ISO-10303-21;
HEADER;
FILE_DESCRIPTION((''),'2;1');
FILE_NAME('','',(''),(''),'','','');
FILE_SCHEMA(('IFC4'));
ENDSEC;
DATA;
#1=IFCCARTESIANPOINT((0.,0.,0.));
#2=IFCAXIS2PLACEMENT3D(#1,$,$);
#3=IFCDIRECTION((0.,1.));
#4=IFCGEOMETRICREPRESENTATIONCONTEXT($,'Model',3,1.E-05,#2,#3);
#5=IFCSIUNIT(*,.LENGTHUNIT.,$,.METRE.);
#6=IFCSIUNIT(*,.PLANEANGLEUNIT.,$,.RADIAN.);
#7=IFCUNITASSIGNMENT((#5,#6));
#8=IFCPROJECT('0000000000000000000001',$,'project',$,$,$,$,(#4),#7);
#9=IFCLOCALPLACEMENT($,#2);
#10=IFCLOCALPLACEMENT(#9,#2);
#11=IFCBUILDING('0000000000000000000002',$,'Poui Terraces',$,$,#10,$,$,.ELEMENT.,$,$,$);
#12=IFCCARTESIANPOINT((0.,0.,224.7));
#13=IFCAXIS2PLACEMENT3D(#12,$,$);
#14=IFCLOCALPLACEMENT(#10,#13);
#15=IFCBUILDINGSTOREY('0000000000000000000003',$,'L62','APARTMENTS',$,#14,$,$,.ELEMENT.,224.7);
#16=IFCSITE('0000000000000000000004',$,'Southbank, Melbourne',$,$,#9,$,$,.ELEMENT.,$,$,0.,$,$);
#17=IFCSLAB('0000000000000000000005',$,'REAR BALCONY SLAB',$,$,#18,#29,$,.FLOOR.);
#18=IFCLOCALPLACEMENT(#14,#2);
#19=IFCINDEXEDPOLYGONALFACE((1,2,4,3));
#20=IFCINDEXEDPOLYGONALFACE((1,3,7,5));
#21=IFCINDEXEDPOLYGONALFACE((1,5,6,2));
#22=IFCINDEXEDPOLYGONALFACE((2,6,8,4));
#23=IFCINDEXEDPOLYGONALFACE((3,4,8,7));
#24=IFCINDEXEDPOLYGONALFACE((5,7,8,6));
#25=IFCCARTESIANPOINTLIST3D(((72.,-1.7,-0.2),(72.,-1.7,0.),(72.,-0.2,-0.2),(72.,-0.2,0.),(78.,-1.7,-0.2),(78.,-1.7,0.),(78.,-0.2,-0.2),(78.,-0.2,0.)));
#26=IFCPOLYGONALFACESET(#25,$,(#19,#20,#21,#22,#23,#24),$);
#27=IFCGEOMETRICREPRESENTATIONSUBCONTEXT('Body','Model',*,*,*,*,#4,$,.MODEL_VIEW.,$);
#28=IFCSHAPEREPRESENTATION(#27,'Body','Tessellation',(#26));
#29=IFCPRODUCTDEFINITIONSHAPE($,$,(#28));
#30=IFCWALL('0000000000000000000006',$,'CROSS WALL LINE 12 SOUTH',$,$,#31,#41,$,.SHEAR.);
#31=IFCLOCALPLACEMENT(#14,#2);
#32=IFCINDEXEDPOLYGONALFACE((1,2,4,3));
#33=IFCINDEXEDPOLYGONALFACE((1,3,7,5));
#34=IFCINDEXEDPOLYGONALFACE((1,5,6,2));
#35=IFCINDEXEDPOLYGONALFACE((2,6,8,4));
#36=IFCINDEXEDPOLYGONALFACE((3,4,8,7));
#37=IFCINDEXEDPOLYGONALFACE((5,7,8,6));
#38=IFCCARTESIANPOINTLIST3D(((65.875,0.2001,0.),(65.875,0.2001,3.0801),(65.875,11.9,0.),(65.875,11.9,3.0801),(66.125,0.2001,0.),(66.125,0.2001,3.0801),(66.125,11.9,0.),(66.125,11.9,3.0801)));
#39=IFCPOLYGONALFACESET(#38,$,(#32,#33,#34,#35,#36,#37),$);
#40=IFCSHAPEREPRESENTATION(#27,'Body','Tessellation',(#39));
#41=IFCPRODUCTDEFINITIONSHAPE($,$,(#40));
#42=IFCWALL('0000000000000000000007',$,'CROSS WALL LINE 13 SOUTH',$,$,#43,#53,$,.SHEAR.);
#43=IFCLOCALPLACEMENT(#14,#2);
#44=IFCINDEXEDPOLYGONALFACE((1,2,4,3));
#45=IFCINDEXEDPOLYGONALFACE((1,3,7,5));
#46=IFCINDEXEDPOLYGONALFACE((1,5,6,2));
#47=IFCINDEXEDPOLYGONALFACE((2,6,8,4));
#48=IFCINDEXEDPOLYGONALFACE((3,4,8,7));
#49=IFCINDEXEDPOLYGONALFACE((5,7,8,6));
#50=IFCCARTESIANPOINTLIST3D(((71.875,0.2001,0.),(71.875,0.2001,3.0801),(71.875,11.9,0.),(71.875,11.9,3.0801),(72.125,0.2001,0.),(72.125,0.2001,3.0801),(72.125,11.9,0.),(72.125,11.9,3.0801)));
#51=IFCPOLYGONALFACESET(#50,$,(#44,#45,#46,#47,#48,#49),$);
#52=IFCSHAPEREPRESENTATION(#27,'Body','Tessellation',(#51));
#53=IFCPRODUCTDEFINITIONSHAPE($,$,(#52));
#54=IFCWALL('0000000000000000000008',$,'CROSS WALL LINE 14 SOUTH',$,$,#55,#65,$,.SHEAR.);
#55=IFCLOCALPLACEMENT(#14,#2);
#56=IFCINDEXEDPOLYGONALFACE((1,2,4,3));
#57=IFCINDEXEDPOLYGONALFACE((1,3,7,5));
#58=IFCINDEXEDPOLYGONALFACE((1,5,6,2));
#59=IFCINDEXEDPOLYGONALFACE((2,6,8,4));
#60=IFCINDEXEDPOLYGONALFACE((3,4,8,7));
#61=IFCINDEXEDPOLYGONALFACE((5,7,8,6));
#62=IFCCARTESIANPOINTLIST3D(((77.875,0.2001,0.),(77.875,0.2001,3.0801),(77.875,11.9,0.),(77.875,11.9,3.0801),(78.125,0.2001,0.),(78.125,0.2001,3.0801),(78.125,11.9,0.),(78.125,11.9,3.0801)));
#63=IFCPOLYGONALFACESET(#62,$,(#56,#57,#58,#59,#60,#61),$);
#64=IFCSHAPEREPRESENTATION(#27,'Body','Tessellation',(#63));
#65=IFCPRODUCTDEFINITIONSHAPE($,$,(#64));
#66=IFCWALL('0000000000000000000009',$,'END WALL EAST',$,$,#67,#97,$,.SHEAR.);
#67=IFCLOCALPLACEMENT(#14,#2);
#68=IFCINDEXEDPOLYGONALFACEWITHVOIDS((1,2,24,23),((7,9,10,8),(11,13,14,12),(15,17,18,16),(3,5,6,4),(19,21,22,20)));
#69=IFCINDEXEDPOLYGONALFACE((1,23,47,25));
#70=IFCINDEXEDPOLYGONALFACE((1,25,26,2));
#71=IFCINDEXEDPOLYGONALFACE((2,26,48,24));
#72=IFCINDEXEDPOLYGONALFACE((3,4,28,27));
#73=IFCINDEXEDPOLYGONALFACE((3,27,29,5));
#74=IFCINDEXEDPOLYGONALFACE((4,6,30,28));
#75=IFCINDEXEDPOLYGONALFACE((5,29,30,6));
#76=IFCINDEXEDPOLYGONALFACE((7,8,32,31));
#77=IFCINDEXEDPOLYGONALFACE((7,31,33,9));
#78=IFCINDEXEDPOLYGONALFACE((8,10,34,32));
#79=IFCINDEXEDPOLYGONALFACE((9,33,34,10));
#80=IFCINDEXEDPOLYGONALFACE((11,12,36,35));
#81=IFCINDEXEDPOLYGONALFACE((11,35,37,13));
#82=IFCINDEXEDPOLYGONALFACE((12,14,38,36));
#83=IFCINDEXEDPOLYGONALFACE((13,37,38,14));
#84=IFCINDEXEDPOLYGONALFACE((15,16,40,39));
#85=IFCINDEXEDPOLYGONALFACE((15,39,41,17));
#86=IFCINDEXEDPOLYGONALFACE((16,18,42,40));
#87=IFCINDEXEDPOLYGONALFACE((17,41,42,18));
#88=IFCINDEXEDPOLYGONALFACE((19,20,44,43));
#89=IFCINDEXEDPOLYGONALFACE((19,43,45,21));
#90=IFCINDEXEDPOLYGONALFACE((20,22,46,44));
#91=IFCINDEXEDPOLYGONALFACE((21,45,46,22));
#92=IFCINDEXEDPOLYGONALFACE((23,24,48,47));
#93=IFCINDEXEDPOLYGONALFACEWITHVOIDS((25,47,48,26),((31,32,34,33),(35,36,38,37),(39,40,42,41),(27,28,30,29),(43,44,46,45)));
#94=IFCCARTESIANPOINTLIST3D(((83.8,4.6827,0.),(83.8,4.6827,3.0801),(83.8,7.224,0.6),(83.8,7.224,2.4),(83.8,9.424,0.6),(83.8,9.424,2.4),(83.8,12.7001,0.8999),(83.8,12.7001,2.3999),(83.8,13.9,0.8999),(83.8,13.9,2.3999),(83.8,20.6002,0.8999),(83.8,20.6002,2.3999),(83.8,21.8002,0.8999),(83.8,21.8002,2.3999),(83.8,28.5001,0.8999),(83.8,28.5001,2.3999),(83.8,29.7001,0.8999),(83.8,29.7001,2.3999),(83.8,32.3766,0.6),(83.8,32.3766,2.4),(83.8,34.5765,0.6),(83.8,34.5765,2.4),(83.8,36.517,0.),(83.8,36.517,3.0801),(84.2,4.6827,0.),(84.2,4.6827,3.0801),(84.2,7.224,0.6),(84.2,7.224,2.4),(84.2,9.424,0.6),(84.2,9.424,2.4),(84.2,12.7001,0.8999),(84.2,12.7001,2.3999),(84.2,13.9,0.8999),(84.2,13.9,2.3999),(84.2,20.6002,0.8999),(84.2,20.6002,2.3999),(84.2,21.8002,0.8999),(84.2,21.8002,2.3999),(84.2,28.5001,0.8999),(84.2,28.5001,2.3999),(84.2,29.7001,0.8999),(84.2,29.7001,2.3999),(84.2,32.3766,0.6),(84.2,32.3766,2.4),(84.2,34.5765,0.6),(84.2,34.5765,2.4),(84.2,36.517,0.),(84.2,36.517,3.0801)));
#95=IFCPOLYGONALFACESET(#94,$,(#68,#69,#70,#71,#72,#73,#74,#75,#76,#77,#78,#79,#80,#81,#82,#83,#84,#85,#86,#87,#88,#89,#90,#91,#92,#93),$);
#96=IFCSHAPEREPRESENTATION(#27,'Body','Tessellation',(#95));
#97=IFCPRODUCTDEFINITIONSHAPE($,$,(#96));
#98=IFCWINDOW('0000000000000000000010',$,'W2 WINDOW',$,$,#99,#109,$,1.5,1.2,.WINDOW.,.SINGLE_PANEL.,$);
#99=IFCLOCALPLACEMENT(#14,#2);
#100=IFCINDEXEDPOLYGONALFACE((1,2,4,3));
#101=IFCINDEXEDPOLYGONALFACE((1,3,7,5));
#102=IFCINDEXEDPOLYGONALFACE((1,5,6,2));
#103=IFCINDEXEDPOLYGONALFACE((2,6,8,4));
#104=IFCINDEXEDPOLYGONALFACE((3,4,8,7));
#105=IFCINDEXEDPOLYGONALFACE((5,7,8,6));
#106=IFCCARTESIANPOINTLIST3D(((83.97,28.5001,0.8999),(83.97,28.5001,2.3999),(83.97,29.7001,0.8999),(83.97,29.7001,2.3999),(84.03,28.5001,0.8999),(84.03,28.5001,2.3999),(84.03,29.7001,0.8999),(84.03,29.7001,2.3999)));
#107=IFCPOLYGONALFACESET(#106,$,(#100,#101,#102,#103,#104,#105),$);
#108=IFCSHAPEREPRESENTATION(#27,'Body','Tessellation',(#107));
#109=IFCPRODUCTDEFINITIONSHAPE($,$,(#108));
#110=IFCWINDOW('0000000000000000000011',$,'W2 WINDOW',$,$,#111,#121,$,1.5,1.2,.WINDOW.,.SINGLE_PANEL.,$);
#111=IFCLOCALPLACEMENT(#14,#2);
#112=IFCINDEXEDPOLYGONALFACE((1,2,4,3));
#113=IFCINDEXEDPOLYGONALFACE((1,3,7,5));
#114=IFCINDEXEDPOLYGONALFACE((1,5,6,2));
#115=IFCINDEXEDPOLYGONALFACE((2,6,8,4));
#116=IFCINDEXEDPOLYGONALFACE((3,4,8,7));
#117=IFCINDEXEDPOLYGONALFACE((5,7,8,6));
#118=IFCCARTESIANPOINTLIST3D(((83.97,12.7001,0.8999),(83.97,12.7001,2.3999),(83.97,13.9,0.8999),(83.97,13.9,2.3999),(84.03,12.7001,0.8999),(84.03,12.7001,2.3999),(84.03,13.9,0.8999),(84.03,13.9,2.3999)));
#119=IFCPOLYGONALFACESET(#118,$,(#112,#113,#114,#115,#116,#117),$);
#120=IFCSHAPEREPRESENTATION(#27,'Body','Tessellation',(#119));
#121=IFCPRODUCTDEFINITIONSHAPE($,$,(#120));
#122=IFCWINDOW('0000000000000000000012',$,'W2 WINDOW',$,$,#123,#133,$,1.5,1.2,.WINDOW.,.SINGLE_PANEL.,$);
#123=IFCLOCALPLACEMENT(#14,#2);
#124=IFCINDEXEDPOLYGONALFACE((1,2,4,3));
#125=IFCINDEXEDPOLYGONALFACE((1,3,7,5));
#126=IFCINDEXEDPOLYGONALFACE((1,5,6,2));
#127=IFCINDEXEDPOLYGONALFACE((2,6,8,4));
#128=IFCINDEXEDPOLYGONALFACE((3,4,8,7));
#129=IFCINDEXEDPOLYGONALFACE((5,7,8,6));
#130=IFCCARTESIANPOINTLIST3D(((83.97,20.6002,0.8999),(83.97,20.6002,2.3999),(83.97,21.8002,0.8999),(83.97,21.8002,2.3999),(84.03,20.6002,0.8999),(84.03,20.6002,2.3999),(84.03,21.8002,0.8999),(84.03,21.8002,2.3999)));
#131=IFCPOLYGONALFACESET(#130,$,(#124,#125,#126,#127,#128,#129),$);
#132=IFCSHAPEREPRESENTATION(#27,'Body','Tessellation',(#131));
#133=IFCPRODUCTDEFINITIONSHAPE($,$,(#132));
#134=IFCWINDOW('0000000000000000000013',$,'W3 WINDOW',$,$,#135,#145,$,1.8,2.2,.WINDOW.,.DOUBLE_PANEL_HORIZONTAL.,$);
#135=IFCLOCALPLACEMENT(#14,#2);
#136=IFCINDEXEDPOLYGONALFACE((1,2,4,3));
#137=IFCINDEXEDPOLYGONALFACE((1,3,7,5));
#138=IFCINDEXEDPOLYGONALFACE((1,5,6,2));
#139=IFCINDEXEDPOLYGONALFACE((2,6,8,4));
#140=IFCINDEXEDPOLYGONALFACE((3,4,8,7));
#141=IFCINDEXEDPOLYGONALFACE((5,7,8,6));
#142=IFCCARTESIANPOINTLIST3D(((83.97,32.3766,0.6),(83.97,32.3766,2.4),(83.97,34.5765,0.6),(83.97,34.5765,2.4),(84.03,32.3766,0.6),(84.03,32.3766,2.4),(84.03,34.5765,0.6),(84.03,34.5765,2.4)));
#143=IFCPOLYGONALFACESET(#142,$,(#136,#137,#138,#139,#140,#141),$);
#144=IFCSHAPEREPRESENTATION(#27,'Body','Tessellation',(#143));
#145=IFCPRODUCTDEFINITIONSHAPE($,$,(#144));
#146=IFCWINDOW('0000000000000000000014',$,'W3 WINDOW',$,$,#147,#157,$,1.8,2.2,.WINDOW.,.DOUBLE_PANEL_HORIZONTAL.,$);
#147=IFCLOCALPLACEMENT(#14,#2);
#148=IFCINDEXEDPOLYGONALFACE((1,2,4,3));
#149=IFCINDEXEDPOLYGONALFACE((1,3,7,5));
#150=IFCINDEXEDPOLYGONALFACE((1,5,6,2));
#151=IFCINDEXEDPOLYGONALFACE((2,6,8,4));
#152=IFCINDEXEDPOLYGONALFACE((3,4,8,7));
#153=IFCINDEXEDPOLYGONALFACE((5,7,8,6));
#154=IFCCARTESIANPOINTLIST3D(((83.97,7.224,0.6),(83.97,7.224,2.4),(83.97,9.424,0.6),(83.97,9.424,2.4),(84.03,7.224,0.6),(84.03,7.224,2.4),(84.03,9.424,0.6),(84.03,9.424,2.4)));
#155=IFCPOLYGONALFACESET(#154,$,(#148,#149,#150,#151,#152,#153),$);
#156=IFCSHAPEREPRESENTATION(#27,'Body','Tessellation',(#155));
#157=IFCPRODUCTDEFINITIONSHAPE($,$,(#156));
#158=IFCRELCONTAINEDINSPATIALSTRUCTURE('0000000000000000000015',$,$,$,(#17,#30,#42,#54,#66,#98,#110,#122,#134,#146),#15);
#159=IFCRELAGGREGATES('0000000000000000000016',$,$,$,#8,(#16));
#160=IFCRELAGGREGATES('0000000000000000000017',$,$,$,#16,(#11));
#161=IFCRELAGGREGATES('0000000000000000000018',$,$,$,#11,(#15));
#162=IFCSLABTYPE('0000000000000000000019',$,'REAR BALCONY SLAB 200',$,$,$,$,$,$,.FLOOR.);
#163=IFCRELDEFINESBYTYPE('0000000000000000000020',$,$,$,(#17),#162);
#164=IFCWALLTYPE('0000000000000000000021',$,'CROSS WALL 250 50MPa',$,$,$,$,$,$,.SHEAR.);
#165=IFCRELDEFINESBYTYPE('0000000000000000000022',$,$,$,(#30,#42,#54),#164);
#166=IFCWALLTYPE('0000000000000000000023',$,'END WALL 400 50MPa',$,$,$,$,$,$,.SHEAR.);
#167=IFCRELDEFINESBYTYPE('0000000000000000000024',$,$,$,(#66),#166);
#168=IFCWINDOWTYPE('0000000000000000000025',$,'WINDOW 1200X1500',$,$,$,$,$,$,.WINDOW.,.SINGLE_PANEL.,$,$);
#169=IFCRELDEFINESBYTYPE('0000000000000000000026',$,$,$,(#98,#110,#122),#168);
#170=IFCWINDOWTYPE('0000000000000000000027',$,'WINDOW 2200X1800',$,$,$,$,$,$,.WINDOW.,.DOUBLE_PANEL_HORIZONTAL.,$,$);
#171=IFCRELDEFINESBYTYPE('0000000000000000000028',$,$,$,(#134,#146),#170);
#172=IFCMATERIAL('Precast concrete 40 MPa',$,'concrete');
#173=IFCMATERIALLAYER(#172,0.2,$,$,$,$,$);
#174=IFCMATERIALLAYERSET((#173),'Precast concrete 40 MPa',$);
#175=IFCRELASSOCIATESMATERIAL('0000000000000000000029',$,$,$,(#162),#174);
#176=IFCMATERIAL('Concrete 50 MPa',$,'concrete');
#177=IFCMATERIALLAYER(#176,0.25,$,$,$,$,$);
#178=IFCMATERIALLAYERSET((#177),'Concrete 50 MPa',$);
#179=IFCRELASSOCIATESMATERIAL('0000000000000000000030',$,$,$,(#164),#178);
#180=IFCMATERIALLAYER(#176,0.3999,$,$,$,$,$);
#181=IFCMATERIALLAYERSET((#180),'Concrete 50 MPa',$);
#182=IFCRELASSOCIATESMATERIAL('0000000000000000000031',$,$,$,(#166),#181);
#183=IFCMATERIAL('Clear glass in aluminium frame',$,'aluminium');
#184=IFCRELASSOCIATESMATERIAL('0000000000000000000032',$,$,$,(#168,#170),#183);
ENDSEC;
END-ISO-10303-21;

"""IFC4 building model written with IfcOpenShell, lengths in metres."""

from ifc_helpers import new_model, si_unit, direction, frame, frame_2d, origin, place, context, subcontext, project, spatial, polyline, rectangle, outline, extrude, source, transform, mapped, material, layer, layer_set, type_object, element, fill, save


model = new_model("IFC4")

# Units and contexts
model_context = context("Model", 3, precision=1e-05, world=origin(), true_north=direction((0.0, 1.0)))
body_context = subcontext(model_context, "Body", "Model", "MODEL_VIEW")
ifc_project = project(units=[si_unit("LENGTHUNIT", "METRE"), si_unit("PLANEANGLEUNIT", "RADIAN")], contexts=[model_context])

# Site, building, storey
site_placement = place(None, origin())
site = spatial("IfcSite", under=ifc_project, at=site_placement, Name="Southbank, Melbourne", CompositionType="ELEMENT", RefElevation=0.0)
building_placement = place(site_placement, origin())
building = spatial("IfcBuilding", under=site, at=building_placement, Name="Poui Terraces", CompositionType="ELEMENT")
storey_placement = place(building_placement, frame((0.0, 0.0, 224.7)))
storey = spatial("IfcBuildingStorey", under=building, at=storey_placement, Name="L62", Description="APARTMENTS", CompositionType="ELEMENT", Elevation=224.7)

# Slab
ifc_material_1 = material(Name="Precast concrete 40 MPa", Category="concrete")
ifc_layer_1 = layer(ifc_material_1, 0.2)
ifc_layer_set_1 = layer_set([ifc_layer_1], Name="Precast concrete 40 MPa")
slab_type = type_object("IfcSlabType", Name="REAR BALCONY SLAB 200", PredefinedType="FLOOR", material=ifc_layer_set_1)
shared_shape_1 = source(origin(), body_context, "Body", "SweptSolid", [
    extrude(outline(polyline([(0.0, 0.0), (6.0, 0.0), (6.0, 1.5), (0.0, 1.5), (0.0, 0.0)])), origin(), (0.0, 0.0, 1.0), 0.2),
])
slab_placement = place(storey_placement, frame((72.0, -1.7, -0.2)))
element("IfcSlab", 1, at=slab_placement, inside=storey, type_object=slab_type, Name="REAR BALCONY SLAB", PredefinedType="FLOOR", context=body_context, shape_type="MappedRepresentation", body=[
    mapped(shared_shape_1, transform((0.0, 0.0, 0.0))),
])

# Walls
ifc_material_2 = material(Name="Concrete 50 MPa", Category="concrete")
ifc_layer_2 = layer(ifc_material_2, 0.25)
ifc_layer_set_2 = layer_set([ifc_layer_2], Name="Concrete 50 MPa")
wall_type_1 = type_object("IfcWallType", Name="CROSS WALL 250 50MPa", PredefinedType="SHEAR", material=ifc_layer_set_2)
for number, where, z_axis, x_axis, name in (
    (2, (66.0, 0.2, 0.0), (0.0, 0.0, 1.0), (0.0, 1.0, 0.0), "CROSS WALL LINE 12 SOUTH"),
    (3, (72.0, 0.2, 0.0), (0.0, 0.0, 1.0), (0.0, 1.0, 0.0), "CROSS WALL LINE 13 SOUTH"),
    (4, (78.0, 0.2, 0.0), (0.0, 0.0, 1.0), (0.0, 1.0, 0.0), "CROSS WALL LINE 14 SOUTH"),
):
    element("IfcWall", number, at=place(storey_placement, frame(where, z_axis=z_axis, x_axis=x_axis)), inside=storey, type_object=wall_type_1, Name=name, PredefinedType="SHEAR", context=body_context, shape_type="SweptSolid", body=[
        extrude(rectangle(XDim=11.7, YDim=0.25, at=frame_2d((5.8501, 0.0))), origin(), (0.0, 0.0, 1.0), 3.0801),
    ])

# Wall, openings, windows
ifc_layer_3 = layer(ifc_material_2, 0.3999)
ifc_layer_set_3 = layer_set([ifc_layer_3], Name="Concrete 50 MPa")
wall_type_2 = type_object("IfcWallType", Name="END WALL 400 50MPa", PredefinedType="SHEAR", material=ifc_layer_set_3)
wall_1_placement = place(storey_placement, frame((84.0, 4.6829, 0.0), z_axis=(0.0, 0.0, 1.0), x_axis=(0.0, 1.0, 0.0)))
wall_1 = element("IfcWall", 5, at=wall_1_placement, inside=storey, type_object=wall_type_2, Name="END WALL EAST", PredefinedType="SHEAR", context=body_context, shape_type="SweptSolid", body=[
    extrude(rectangle(XDim=31.8342, YDim=0.3999, at=frame_2d((15.917, 0.0))), origin(), (0.0, 0.0, 1.0), 3.0801),
])
opening_1_placement = place(wall_1_placement, frame((23.8171, 0.0, 0.8999)))
opening_1 = element("IfcOpeningElement", 6, at=opening_1_placement, cuts=wall_1, PredefinedType="OPENING", context=body_context, shape_type="SweptSolid", body=[
    extrude(rectangle(XDim=1.2, YDim=1.5, at=frame_2d((0.6001, 0.75))), frame((0.0, 0.21, 0.0), z_axis=(0.0, -1.0, 0.0), x_axis=(1.0, 0.0, 0.0)), (0.0, 0.0, 1.0), 0.4199),
])
opening_2_placement = place(wall_1_placement, frame((8.0171, 0.0, 0.8999)))
opening_2 = element("IfcOpeningElement", 7, at=opening_2_placement, cuts=wall_1, PredefinedType="OPENING", context=body_context, shape_type="SweptSolid", body=[
    extrude(rectangle(XDim=1.2, YDim=1.5, at=frame_2d((0.6001, 0.75))), frame((0.0, 0.21, 0.0), z_axis=(0.0, -1.0, 0.0), x_axis=(1.0, 0.0, 0.0)), (0.0, 0.0, 1.0), 0.4199),
])
opening_3_placement = place(wall_1_placement, frame((27.6936, 0.0, 0.6001)))
opening_3 = element("IfcOpeningElement", 8, at=opening_3_placement, cuts=wall_1, PredefinedType="OPENING", context=body_context, shape_type="SweptSolid", body=[
    extrude(rectangle(XDim=2.2, YDim=1.8, at=frame_2d((1.1001, 0.8999))), frame((0.0, 0.21, 0.0), z_axis=(0.0, -1.0, 0.0), x_axis=(1.0, 0.0, 0.0)), (0.0, 0.0, 1.0), 0.4199),
])
opening_4_placement = place(wall_1_placement, frame((2.541, 0.0, 0.6001)))
opening_4 = element("IfcOpeningElement", 9, at=opening_4_placement, cuts=wall_1, PredefinedType="OPENING", context=body_context, shape_type="SweptSolid", body=[
    extrude(rectangle(XDim=2.2, YDim=1.8, at=frame_2d((1.1001, 0.8999))), frame((0.0, 0.21, 0.0), z_axis=(0.0, -1.0, 0.0), x_axis=(1.0, 0.0, 0.0)), (0.0, 0.0, 1.0), 0.4199),
])
opening_5_placement = place(wall_1_placement, frame((15.9172, 0.0, 0.8999)))
opening_5 = element("IfcOpeningElement", 10, at=opening_5_placement, cuts=wall_1, PredefinedType="OPENING", context=body_context, shape_type="SweptSolid", body=[
    extrude(rectangle(XDim=1.2, YDim=1.5, at=frame_2d((0.6001, 0.75))), frame((0.0, 0.21, 0.0), z_axis=(0.0, -1.0, 0.0), x_axis=(1.0, 0.0, 0.0)), (0.0, 0.0, 1.0), 0.4199),
])
ifc_material_3 = material(Name="Clear glass in aluminium frame", Category="aluminium")
window_type_1 = type_object("IfcWindowType", Name="WINDOW 1200X1500", PartitioningType="SINGLE_PANEL", PredefinedType="WINDOW", material=ifc_material_3)
window_1_placement = place(opening_1_placement, origin())
window_1 = element("IfcWindow", 11, at=window_1_placement, inside=storey, type_object=window_type_1, Name="W2 WINDOW", OverallHeight=1.5, OverallWidth=1.2, PartitioningType="SINGLE_PANEL", PredefinedType="WINDOW", context=body_context, shape_type="SweptSolid", body=[
    extrude(rectangle(XDim=1.2, YDim=1.5, at=frame_2d((0.6001, 0.75))), frame((0.0, 0.03, 0.0), z_axis=(0.0, -1.0, 0.0), x_axis=(1.0, 0.0, 0.0)), (0.0, 0.0, 1.0), 0.0601),
])
fill(opening_1, window_1)
window_2_placement = place(opening_2_placement, origin())
window_2 = element("IfcWindow", 12, at=window_2_placement, inside=storey, type_object=window_type_1, Name="W2 WINDOW", OverallHeight=1.5, OverallWidth=1.2, PartitioningType="SINGLE_PANEL", PredefinedType="WINDOW", context=body_context, shape_type="SweptSolid", body=[
    extrude(rectangle(XDim=1.2, YDim=1.5, at=frame_2d((0.6001, 0.75))), frame((0.0, 0.03, 0.0), z_axis=(0.0, -1.0, 0.0), x_axis=(1.0, 0.0, 0.0)), (0.0, 0.0, 1.0), 0.0601),
])
fill(opening_2, window_2)
window_3_placement = place(opening_5_placement, origin())
window_3 = element("IfcWindow", 13, at=window_3_placement, inside=storey, type_object=window_type_1, Name="W2 WINDOW", OverallHeight=1.5, OverallWidth=1.2, PartitioningType="SINGLE_PANEL", PredefinedType="WINDOW", context=body_context, shape_type="SweptSolid", body=[
    extrude(rectangle(XDim=1.2, YDim=1.5, at=frame_2d((0.6001, 0.75))), frame((0.0, 0.03, 0.0), z_axis=(0.0, -1.0, 0.0), x_axis=(1.0, 0.0, 0.0)), (0.0, 0.0, 1.0), 0.0601),
])
fill(opening_5, window_3)
window_type_2 = type_object("IfcWindowType", Name="WINDOW 2200X1800", PartitioningType="DOUBLE_PANEL_HORIZONTAL", PredefinedType="WINDOW", material=ifc_material_3)
window_4_placement = place(opening_3_placement, origin())
window_4 = element("IfcWindow", 14, at=window_4_placement, inside=storey, type_object=window_type_2, Name="W3 WINDOW", OverallHeight=1.8, OverallWidth=2.2, PartitioningType="DOUBLE_PANEL_HORIZONTAL", PredefinedType="WINDOW", context=body_context, shape_type="SweptSolid", body=[
    extrude(rectangle(XDim=2.2, YDim=1.8, at=frame_2d((1.1001, 0.8999))), frame((0.0, 0.03, 0.0), z_axis=(0.0, -1.0, 0.0), x_axis=(1.0, 0.0, 0.0)), (0.0, 0.0, 1.0), 0.0601),
])
fill(opening_3, window_4)
window_5_placement = place(opening_4_placement, origin())
window_5 = element("IfcWindow", 15, at=window_5_placement, inside=storey, type_object=window_type_2, Name="W3 WINDOW", OverallHeight=1.8, OverallWidth=2.2, PartitioningType="DOUBLE_PANEL_HORIZONTAL", PredefinedType="WINDOW", context=body_context, shape_type="SweptSolid", body=[
    extrude(rectangle(XDim=2.2, YDim=1.8, at=frame_2d((1.1001, 0.8999))), frame((0.0, 0.03, 0.0), z_axis=(0.0, -1.0, 0.0), x_axis=(1.0, 0.0, 0.0)), (0.0, 0.0, 1.0), 0.0601),
])
fill(opening_4, window_5)

save(model, "model.ifc")
